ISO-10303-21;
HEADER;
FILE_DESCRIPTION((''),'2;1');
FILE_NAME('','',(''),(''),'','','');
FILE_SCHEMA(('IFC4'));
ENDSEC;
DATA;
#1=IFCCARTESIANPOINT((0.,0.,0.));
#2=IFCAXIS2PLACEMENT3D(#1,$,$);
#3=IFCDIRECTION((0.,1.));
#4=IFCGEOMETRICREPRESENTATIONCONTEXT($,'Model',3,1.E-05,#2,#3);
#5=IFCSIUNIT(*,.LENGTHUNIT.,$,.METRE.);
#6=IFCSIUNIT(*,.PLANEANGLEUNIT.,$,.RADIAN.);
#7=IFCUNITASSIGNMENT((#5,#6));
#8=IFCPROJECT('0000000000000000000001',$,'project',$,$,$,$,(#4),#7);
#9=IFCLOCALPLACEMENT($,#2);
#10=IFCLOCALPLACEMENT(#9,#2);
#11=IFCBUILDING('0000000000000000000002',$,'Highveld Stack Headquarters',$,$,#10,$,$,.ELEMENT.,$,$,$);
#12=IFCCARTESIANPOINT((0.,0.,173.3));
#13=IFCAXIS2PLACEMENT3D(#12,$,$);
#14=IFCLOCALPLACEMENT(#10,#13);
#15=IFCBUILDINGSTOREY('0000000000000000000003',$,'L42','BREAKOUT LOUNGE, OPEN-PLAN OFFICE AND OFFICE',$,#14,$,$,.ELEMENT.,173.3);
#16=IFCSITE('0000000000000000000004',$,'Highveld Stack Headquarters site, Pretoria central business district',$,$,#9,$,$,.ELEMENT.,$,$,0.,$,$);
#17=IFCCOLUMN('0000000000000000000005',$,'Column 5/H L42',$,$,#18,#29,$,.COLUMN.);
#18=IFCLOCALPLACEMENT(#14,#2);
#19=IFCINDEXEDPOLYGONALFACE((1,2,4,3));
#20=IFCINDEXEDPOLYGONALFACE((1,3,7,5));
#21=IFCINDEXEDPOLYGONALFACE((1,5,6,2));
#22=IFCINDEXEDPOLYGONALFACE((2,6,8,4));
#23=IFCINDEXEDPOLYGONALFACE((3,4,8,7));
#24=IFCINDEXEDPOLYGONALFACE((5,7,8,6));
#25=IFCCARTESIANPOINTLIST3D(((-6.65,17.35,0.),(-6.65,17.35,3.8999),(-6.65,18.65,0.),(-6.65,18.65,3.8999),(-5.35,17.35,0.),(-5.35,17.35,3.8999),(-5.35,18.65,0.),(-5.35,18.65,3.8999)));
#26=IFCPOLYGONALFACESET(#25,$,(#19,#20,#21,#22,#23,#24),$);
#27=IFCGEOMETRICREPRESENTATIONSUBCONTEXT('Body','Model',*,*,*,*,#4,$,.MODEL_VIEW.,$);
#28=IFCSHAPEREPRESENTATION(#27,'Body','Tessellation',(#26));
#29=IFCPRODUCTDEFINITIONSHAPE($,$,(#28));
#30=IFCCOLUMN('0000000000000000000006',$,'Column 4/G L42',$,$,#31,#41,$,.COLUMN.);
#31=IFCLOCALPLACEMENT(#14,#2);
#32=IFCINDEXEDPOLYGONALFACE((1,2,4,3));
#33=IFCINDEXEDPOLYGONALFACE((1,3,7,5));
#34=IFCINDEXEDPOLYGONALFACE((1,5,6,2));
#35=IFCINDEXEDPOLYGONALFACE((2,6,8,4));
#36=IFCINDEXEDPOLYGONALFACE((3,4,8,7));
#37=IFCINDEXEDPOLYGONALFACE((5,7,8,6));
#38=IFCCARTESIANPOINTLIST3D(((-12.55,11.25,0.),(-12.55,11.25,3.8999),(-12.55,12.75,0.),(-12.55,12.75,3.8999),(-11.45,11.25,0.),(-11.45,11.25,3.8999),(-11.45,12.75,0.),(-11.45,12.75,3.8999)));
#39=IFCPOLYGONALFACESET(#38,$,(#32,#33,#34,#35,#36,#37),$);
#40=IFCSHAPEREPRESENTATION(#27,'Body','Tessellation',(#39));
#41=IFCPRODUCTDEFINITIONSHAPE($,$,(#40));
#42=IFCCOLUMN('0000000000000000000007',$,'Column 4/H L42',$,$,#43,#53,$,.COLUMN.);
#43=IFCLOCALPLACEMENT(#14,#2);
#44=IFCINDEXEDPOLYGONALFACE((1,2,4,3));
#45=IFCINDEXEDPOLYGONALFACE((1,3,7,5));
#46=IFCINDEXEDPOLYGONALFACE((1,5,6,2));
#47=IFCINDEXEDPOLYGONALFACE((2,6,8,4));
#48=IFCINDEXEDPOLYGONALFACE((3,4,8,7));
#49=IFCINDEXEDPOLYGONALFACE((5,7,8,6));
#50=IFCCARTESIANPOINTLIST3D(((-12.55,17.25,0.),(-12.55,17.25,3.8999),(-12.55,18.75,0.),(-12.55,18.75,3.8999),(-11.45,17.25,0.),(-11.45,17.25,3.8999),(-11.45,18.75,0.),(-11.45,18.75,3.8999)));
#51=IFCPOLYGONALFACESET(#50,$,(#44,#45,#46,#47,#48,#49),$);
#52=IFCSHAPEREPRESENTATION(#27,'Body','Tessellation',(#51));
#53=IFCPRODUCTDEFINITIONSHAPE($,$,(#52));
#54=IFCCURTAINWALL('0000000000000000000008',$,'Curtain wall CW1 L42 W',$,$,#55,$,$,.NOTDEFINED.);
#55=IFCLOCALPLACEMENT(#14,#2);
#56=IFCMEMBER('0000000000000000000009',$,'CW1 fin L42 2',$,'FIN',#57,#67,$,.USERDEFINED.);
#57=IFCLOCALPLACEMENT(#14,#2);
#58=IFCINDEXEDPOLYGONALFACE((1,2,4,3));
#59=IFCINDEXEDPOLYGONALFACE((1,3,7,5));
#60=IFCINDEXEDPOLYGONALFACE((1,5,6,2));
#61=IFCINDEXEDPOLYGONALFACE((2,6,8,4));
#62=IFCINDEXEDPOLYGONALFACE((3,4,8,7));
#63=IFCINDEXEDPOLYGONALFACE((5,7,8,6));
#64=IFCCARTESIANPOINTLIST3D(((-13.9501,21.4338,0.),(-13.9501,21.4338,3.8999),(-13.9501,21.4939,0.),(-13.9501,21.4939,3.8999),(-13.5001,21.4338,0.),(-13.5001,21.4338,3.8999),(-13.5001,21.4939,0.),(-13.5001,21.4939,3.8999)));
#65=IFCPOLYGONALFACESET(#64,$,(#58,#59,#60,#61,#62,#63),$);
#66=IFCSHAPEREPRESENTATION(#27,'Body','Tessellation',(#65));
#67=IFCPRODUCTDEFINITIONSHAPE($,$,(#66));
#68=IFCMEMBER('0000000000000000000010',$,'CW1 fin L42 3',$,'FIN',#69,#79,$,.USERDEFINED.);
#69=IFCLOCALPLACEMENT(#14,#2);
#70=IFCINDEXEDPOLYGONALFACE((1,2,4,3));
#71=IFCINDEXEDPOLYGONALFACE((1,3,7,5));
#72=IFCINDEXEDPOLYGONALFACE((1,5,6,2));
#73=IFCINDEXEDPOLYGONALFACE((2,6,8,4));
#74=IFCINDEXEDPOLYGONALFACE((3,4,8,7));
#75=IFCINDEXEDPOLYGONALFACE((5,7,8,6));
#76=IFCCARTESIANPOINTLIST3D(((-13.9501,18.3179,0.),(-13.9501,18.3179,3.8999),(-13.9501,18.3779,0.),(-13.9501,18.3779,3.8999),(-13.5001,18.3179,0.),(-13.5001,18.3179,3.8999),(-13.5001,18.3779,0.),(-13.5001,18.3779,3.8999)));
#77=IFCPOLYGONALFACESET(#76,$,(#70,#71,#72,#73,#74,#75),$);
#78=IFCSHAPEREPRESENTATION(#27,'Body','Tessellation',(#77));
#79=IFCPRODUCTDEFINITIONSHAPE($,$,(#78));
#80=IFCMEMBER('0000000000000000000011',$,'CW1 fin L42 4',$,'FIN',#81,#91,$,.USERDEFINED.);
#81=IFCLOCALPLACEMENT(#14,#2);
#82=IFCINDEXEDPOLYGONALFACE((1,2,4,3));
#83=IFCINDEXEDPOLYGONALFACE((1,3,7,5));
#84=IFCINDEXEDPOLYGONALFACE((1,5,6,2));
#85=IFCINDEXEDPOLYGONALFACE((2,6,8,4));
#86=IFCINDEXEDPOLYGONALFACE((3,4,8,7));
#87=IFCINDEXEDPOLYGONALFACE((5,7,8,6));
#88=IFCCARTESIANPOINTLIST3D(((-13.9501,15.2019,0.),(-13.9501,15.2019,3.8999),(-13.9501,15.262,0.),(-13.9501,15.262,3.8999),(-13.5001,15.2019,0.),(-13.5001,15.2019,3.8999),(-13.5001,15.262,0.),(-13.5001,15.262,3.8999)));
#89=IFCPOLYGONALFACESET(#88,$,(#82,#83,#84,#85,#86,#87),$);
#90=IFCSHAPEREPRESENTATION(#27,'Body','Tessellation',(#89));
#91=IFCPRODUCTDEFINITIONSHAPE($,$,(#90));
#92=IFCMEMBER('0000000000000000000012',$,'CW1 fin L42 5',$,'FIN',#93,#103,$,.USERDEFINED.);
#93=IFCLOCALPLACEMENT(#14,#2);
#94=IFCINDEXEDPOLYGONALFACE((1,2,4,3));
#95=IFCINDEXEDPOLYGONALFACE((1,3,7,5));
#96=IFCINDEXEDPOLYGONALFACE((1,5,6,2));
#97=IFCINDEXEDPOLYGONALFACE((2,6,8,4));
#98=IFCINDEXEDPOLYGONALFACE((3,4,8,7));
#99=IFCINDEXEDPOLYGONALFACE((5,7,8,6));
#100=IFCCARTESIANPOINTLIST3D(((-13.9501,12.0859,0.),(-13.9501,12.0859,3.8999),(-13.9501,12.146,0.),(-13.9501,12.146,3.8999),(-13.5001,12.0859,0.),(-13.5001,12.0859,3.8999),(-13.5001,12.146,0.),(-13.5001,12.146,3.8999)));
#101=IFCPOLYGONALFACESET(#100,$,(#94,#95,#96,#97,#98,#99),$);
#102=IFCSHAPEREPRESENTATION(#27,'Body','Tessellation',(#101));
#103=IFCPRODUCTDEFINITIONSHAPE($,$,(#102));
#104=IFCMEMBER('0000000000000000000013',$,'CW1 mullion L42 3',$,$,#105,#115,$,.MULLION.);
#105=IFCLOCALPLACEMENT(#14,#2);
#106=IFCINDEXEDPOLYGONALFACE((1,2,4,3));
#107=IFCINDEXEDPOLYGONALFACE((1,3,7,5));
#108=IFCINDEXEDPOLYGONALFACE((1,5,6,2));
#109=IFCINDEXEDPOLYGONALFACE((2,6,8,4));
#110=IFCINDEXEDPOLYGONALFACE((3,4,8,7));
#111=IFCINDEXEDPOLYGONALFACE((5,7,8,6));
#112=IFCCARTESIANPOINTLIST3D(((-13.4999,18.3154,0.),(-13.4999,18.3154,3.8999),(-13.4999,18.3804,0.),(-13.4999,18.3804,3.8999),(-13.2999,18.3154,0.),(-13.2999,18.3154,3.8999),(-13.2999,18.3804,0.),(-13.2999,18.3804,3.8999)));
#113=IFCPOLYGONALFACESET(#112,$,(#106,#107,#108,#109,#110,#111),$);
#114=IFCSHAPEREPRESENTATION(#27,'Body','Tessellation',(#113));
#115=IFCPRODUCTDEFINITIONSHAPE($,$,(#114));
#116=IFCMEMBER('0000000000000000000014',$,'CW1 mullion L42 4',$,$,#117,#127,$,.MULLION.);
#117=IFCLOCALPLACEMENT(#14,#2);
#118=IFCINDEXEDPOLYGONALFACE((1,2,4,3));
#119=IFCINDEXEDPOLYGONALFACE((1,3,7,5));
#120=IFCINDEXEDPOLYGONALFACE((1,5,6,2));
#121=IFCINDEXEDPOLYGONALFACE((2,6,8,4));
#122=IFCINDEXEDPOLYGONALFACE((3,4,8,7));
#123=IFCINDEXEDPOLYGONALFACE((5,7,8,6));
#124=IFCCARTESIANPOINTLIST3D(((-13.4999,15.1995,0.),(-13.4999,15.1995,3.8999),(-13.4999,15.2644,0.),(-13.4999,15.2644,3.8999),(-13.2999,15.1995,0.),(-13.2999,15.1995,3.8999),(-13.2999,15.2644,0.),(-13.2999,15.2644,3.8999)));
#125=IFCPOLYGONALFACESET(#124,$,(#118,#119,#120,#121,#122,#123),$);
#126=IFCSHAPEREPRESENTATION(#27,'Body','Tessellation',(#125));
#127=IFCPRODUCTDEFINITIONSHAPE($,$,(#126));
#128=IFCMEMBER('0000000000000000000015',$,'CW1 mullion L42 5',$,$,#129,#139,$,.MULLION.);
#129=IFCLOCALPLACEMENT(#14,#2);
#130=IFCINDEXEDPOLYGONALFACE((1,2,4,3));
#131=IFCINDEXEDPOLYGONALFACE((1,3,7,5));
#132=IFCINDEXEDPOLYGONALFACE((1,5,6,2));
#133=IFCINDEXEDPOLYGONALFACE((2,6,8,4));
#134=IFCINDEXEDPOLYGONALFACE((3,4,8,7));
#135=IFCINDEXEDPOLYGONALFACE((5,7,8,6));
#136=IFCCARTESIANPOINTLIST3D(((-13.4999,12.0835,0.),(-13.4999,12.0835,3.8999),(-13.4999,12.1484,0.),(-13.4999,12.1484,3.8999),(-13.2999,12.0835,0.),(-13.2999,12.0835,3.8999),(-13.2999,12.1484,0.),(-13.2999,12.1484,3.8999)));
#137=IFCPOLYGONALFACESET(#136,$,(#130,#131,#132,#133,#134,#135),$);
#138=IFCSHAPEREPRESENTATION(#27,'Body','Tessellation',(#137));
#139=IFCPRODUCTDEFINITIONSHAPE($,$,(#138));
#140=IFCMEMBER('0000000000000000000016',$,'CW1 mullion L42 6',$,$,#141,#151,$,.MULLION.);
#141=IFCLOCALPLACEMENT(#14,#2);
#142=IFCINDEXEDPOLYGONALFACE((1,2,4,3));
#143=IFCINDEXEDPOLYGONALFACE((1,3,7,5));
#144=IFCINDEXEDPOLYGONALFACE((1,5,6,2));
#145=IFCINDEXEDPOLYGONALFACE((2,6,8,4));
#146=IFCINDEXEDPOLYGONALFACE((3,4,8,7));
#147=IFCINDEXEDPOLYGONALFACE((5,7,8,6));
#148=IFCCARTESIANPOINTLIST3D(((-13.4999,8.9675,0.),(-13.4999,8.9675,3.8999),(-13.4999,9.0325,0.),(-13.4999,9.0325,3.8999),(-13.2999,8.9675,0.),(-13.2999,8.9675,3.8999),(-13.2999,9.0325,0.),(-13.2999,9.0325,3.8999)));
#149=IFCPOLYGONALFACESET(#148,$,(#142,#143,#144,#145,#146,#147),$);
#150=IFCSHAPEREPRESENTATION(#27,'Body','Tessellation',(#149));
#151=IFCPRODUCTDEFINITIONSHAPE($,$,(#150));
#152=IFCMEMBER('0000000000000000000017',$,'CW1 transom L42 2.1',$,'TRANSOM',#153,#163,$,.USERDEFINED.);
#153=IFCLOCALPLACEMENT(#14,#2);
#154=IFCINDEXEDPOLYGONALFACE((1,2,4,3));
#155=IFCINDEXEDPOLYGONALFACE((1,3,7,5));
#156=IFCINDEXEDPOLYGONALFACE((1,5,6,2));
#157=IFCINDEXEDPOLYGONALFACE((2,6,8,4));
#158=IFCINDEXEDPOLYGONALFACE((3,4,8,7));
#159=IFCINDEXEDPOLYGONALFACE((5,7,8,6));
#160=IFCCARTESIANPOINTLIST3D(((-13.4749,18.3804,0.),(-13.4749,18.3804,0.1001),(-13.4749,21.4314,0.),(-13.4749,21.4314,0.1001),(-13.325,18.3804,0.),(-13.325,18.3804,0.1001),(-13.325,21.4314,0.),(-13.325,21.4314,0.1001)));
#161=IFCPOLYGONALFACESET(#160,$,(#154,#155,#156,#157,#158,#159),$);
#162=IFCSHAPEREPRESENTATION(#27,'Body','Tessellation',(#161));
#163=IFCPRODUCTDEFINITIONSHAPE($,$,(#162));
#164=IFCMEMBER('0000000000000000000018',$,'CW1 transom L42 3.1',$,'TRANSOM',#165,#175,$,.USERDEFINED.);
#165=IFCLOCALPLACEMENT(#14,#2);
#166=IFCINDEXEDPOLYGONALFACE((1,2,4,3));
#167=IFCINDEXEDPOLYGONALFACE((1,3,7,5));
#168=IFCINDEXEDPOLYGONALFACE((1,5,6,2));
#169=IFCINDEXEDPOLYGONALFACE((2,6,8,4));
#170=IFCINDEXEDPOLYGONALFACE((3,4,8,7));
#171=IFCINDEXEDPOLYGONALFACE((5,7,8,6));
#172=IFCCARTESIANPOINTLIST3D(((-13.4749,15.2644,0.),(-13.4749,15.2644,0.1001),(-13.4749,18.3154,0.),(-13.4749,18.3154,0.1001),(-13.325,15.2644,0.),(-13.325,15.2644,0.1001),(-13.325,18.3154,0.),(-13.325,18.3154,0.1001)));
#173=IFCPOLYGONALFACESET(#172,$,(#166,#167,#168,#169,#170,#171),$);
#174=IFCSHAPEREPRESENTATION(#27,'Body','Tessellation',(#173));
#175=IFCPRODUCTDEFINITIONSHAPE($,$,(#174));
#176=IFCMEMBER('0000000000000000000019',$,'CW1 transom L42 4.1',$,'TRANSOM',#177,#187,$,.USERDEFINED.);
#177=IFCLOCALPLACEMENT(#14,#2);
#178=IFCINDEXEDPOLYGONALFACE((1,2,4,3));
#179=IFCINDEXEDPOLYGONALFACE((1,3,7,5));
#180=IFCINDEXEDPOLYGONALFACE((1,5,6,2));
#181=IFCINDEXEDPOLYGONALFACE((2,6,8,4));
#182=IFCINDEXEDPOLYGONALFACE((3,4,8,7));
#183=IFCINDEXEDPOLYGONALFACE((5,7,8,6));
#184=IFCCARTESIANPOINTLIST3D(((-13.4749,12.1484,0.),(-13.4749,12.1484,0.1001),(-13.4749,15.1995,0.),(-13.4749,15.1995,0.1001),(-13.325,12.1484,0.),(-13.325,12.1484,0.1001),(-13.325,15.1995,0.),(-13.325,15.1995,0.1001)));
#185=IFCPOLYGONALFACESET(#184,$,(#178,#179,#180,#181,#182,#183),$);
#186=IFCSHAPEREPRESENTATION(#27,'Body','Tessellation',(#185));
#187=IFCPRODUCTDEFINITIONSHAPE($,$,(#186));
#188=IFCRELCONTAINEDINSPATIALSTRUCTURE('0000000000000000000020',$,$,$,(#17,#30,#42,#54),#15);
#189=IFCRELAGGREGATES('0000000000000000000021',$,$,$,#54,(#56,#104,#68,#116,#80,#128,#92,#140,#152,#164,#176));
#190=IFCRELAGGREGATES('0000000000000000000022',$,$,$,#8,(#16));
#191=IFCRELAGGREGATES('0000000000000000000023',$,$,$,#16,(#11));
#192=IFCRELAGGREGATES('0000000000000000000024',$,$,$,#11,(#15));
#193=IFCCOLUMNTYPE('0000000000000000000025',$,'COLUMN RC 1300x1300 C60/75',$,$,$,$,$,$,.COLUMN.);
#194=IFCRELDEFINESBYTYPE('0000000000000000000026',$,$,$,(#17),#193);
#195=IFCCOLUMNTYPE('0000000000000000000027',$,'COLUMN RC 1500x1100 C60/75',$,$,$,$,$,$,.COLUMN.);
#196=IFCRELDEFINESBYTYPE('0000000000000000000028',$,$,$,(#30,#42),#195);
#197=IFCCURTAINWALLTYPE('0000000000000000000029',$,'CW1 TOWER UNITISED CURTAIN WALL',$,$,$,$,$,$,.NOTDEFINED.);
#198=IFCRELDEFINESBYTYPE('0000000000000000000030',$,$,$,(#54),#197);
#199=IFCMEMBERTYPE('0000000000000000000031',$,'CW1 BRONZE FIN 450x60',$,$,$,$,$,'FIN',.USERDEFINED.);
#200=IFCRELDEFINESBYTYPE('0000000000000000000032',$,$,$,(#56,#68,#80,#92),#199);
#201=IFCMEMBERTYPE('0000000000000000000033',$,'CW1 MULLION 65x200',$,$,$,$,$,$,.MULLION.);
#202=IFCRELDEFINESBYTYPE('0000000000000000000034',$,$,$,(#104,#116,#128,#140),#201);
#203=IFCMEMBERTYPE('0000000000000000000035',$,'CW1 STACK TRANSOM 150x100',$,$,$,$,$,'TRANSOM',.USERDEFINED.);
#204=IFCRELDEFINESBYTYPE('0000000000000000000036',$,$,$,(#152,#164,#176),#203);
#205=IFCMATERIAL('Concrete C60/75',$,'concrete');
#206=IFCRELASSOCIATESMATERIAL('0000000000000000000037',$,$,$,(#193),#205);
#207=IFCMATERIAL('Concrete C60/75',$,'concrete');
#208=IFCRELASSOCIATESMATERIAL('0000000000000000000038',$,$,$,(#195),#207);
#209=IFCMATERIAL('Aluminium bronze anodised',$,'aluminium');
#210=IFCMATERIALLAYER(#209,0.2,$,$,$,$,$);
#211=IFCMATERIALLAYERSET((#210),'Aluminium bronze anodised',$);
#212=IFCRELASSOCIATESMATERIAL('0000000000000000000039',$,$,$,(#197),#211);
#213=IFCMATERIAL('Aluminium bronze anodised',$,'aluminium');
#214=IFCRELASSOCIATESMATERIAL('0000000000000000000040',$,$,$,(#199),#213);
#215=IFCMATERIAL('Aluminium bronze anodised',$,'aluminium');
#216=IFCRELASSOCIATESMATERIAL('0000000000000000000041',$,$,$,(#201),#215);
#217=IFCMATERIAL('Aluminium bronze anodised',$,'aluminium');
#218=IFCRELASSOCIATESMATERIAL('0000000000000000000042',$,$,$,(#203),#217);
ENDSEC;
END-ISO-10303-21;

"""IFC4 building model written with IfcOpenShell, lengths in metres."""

from ifc_helpers import new_model, si_unit, direction, frame, origin, origin_2d, place, context, subcontext, project, spatial, rectangle, extrude, material, layer, layer_set, material_profile, profile_set, type_object, element, aggregate, save


model = new_model("IFC4")

# Units and contexts
model_context = context("Model", 3, precision=1e-05, world=origin(), true_north=direction((0.0, 1.0)))
body_context = subcontext(model_context, "Body", "Model", "MODEL_VIEW")
ifc_project = project(units=[si_unit("LENGTHUNIT", "METRE"), si_unit("PLANEANGLEUNIT", "RADIAN")], contexts=[model_context])

# Site, building, storey
site_placement = place(None, origin())
site = spatial("IfcSite", under=ifc_project, at=site_placement, Name="Highveld Stack Headquarters site, Pretoria central business district", CompositionType="ELEMENT", RefElevation=0.0)
building_placement = place(site_placement, origin())
building = spatial("IfcBuilding", under=site, at=building_placement, Name="Highveld Stack Headquarters", CompositionType="ELEMENT")
storey_placement = place(building_placement, frame((0.0, 0.0, 173.3)))
storey = spatial("IfcBuildingStorey", under=building, at=storey_placement, Name="L42", Description="BREAKOUT LOUNGE, OPEN-PLAN OFFICE AND OFFICE", CompositionType="ELEMENT", Elevation=173.3)

# Columns
ifc_material_1 = material(Name="Concrete C60/75", Category="concrete")
ifc_material_profile_1 = material_profile(ifc_material_1, rectangle(XDim=1.3, YDim=1.3, at=origin_2d()), Name="RC 1300x1300")
ifc_profile_set_1 = profile_set([ifc_material_profile_1], Name="Concrete C60/75")
column_type_1 = type_object("IfcColumnType", Name="COLUMN RC 1300x1300 C60/75", PredefinedType="COLUMN", material=ifc_profile_set_1)
column_placement = place(storey_placement, frame((-6.0, 18.0, 0.0), z_axis=(0.0, 0.0, 1.0), x_axis=(1.0, 0.0, 0.0)))
element("IfcColumn", 1, at=column_placement, inside=storey, type_object=column_type_1, Name="Column 5/H L42", PredefinedType="COLUMN", context=body_context, shape_type="SweptSolid", body=[
    extrude(rectangle(XDim=1.3, YDim=1.3, at=origin_2d()), origin(), (0.0, 0.0, 1.0), 3.8999),
])
ifc_material_2 = material(Name="Concrete C60/75", Category="concrete")
ifc_material_profile_2 = material_profile(ifc_material_2, rectangle(XDim=1.5, YDim=1.1001, at=origin_2d()), Name="RC 1500x1100")
ifc_profile_set_2 = profile_set([ifc_material_profile_2], Name="Concrete C60/75")
column_type_2 = type_object("IfcColumnType", Name="COLUMN RC 1500x1100 C60/75", PredefinedType="COLUMN", material=ifc_profile_set_2)
for number, where, z_axis, x_axis, name in (
    (2, (-12.0, 12.0, 0.0), (0.0, 0.0, 1.0), (0.0, 1.0, 0.0), "Column 4/G L42"),
    (3, (-12.0, 18.0, 0.0), (0.0, 0.0, 1.0), (0.0, 1.0, 0.0), "Column 4/H L42"),
):
    element("IfcColumn", number, at=place(storey_placement, frame(where, z_axis=z_axis, x_axis=x_axis)), inside=storey, type_object=column_type_2, Name=name, PredefinedType="COLUMN", context=body_context, shape_type="SweptSolid", body=[
        extrude(rectangle(XDim=1.5, YDim=1.1001, at=origin_2d()), origin(), (0.0, 0.0, 1.0), 3.8999),
    ])

# Curtain wall, members
ifc_material_3 = material(Name="Aluminium bronze anodised", Category="aluminium")
ifc_layer_1 = layer(ifc_material_3, 0.2)
ifc_layer_set_1 = layer_set([ifc_layer_1], Name="Aluminium bronze anodised")
curtain_wall_type = type_object("IfcCurtainWallType", Name="CW1 TOWER UNITISED CURTAIN WALL", PredefinedType="NOTDEFINED", material=ifc_layer_set_1)
curtain_wall_placement = place(storey_placement, origin())
curtain_wall = element("IfcCurtainWall", 4, at=curtain_wall_placement, inside=storey, type_object=curtain_wall_type, Name="Curtain wall CW1 L42 W", PredefinedType="NOTDEFINED")
ifc_material_4 = material(Name="Aluminium bronze anodised", Category="aluminium")
ifc_material_profile_3 = material_profile(ifc_material_4, rectangle(XDim=0.45, YDim=0.0601, at=origin_2d()), Name="FIN 450x60")
ifc_profile_set_3 = profile_set([ifc_material_profile_3], Name="Aluminium bronze anodised")
member_type_1 = type_object("IfcMemberType", Name="CW1 BRONZE FIN 450x60", ElementType="FIN", PredefinedType="USERDEFINED", material=ifc_profile_set_3)
member_1_placement = place(storey_placement, frame((-13.7251, 21.4639, 0.0), z_axis=(0.0, 0.0, 1.0), x_axis=(1.0, 0.0, 0.0)))
member_1 = element("IfcMember", 5, at=member_1_placement, type_object=member_type_1, Name="CW1 fin L42 2", ObjectType="FIN", PredefinedType="USERDEFINED", context=body_context, shape_type="SweptSolid", body=[
    extrude(rectangle(XDim=0.45, YDim=0.0601, at=origin_2d()), origin(), (0.0, 0.0, 1.0), 3.8999),
])
member_2_placement = place(storey_placement, frame((-13.7251, 18.3479, 0.0), z_axis=(0.0, 0.0, 1.0), x_axis=(1.0, 0.0, 0.0)))
member_2 = element("IfcMember", 6, at=member_2_placement, type_object=member_type_1, Name="CW1 fin L42 3", ObjectType="FIN", PredefinedType="USERDEFINED", context=body_context, shape_type="SweptSolid", body=[
    extrude(rectangle(XDim=0.45, YDim=0.0601, at=origin_2d()), origin(), (0.0, 0.0, 1.0), 3.8999),
])
member_3_placement = place(storey_placement, frame((-13.7251, 15.2319, 0.0), z_axis=(0.0, 0.0, 1.0), x_axis=(1.0, 0.0, 0.0)))
member_3 = element("IfcMember", 7, at=member_3_placement, type_object=member_type_1, Name="CW1 fin L42 4", ObjectType="FIN", PredefinedType="USERDEFINED", context=body_context, shape_type="SweptSolid", body=[
    extrude(rectangle(XDim=0.45, YDim=0.0601, at=origin_2d()), origin(), (0.0, 0.0, 1.0), 3.8999),
])
member_4_placement = place(storey_placement, frame((-13.7251, 12.116, 0.0), z_axis=(0.0, 0.0, 1.0), x_axis=(1.0, 0.0, 0.0)))
member_4 = element("IfcMember", 8, at=member_4_placement, type_object=member_type_1, Name="CW1 fin L42 5", ObjectType="FIN", PredefinedType="USERDEFINED", context=body_context, shape_type="SweptSolid", body=[
    extrude(rectangle(XDim=0.45, YDim=0.0601, at=origin_2d()), origin(), (0.0, 0.0, 1.0), 3.8999),
])
ifc_material_5 = material(Name="Aluminium bronze anodised", Category="aluminium")
ifc_material_profile_4 = material_profile(ifc_material_5, rectangle(XDim=0.2, YDim=0.0649, at=origin_2d()), Name="CW1 MULLION 65x200")
ifc_profile_set_4 = profile_set([ifc_material_profile_4], Name="Aluminium bronze anodised")
member_type_2 = type_object("IfcMemberType", Name="CW1 MULLION 65x200", PredefinedType="MULLION", material=ifc_profile_set_4)
member_5_placement = place(storey_placement, frame((-13.3999, 18.3479, 0.0), z_axis=(0.0, 0.0, 1.0), x_axis=(1.0, 0.0, 0.0)))
member_5 = element("IfcMember", 9, at=member_5_placement, type_object=member_type_2, Name="CW1 mullion L42 3", PredefinedType="MULLION", context=body_context, shape_type="SweptSolid", body=[
    extrude(rectangle(XDim=0.2, YDim=0.0649, at=origin_2d()), origin(), (0.0, 0.0, 1.0), 3.8999),
])
member_6_placement = place(storey_placement, frame((-13.3999, 15.2319, 0.0), z_axis=(0.0, 0.0, 1.0), x_axis=(1.0, 0.0, 0.0)))
member_6 = element("IfcMember", 10, at=member_6_placement, type_object=member_type_2, Name="CW1 mullion L42 4", PredefinedType="MULLION", context=body_context, shape_type="SweptSolid", body=[
    extrude(rectangle(XDim=0.2, YDim=0.0649, at=origin_2d()), origin(), (0.0, 0.0, 1.0), 3.8999),
])
member_7_placement = place(storey_placement, frame((-13.3999, 12.116, 0.0), z_axis=(0.0, 0.0, 1.0), x_axis=(1.0, 0.0, 0.0)))
member_7 = element("IfcMember", 11, at=member_7_placement, type_object=member_type_2, Name="CW1 mullion L42 5", PredefinedType="MULLION", context=body_context, shape_type="SweptSolid", body=[
    extrude(rectangle(XDim=0.2, YDim=0.0649, at=origin_2d()), origin(), (0.0, 0.0, 1.0), 3.8999),
])
member_8_placement = place(storey_placement, frame((-13.3999, 9.0, 0.0), z_axis=(0.0, 0.0, 1.0), x_axis=(1.0, 0.0, 0.0)))
member_8 = element("IfcMember", 12, at=member_8_placement, type_object=member_type_2, Name="CW1 mullion L42 6", PredefinedType="MULLION", context=body_context, shape_type="SweptSolid", body=[
    extrude(rectangle(XDim=0.2, YDim=0.0649, at=origin_2d()), origin(), (0.0, 0.0, 1.0), 3.8999),
])
ifc_material_6 = material(Name="Aluminium bronze anodised", Category="aluminium")
ifc_material_profile_5 = material_profile(ifc_material_6, rectangle(XDim=0.1499, YDim=0.1001, at=origin_2d()), Name="CW1 TRANSOM 150x100")
ifc_profile_set_5 = profile_set([ifc_material_profile_5], Name="Aluminium bronze anodised")
member_type_3 = type_object("IfcMemberType", Name="CW1 STACK TRANSOM 150x100", ElementType="TRANSOM", PredefinedType="USERDEFINED", material=ifc_profile_set_5)
member_9_placement = place(storey_placement, frame((-13.3999, 21.4314, 0.05), z_axis=(0.0, -1.0, 0.0), x_axis=(1.0, 0.0, 0.0)))
member_9 = element("IfcMember", 13, at=member_9_placement, type_object=member_type_3, Name="CW1 transom L42 2.1", ObjectType="TRANSOM", PredefinedType="USERDEFINED", context=body_context, shape_type="SweptSolid", body=[
    extrude(rectangle(XDim=0.1499, YDim=0.1001, at=origin_2d()), origin(), (0.0, 0.0, 1.0), 3.051),
])
member_10_placement = place(storey_placement, frame((-13.3999, 18.3154, 0.05), z_axis=(0.0, -1.0, 0.0), x_axis=(1.0, 0.0, 0.0)))
member_10 = element("IfcMember", 14, at=member_10_placement, type_object=member_type_3, Name="CW1 transom L42 3.1", ObjectType="TRANSOM", PredefinedType="USERDEFINED", context=body_context, shape_type="SweptSolid", body=[
    extrude(rectangle(XDim=0.1499, YDim=0.1001, at=origin_2d()), origin(), (0.0, 0.0, 1.0), 3.051),
])
member_11_placement = place(storey_placement, frame((-13.3999, 15.1995, 0.05), z_axis=(0.0, -1.0, 0.0), x_axis=(1.0, 0.0, 0.0)))
member_11 = element("IfcMember", 15, at=member_11_placement, type_object=member_type_3, Name="CW1 transom L42 4.1", ObjectType="TRANSOM", PredefinedType="USERDEFINED", context=body_context, shape_type="SweptSolid", body=[
    extrude(rectangle(XDim=0.1499, YDim=0.1001, at=origin_2d()), origin(), (0.0, 0.0, 1.0), 3.051),
])
aggregate(curtain_wall, [member_1, member_5, member_2, member_6, member_3, member_7, member_4, member_8, member_9, member_10, member_11])

save(model, "model.ifc")
